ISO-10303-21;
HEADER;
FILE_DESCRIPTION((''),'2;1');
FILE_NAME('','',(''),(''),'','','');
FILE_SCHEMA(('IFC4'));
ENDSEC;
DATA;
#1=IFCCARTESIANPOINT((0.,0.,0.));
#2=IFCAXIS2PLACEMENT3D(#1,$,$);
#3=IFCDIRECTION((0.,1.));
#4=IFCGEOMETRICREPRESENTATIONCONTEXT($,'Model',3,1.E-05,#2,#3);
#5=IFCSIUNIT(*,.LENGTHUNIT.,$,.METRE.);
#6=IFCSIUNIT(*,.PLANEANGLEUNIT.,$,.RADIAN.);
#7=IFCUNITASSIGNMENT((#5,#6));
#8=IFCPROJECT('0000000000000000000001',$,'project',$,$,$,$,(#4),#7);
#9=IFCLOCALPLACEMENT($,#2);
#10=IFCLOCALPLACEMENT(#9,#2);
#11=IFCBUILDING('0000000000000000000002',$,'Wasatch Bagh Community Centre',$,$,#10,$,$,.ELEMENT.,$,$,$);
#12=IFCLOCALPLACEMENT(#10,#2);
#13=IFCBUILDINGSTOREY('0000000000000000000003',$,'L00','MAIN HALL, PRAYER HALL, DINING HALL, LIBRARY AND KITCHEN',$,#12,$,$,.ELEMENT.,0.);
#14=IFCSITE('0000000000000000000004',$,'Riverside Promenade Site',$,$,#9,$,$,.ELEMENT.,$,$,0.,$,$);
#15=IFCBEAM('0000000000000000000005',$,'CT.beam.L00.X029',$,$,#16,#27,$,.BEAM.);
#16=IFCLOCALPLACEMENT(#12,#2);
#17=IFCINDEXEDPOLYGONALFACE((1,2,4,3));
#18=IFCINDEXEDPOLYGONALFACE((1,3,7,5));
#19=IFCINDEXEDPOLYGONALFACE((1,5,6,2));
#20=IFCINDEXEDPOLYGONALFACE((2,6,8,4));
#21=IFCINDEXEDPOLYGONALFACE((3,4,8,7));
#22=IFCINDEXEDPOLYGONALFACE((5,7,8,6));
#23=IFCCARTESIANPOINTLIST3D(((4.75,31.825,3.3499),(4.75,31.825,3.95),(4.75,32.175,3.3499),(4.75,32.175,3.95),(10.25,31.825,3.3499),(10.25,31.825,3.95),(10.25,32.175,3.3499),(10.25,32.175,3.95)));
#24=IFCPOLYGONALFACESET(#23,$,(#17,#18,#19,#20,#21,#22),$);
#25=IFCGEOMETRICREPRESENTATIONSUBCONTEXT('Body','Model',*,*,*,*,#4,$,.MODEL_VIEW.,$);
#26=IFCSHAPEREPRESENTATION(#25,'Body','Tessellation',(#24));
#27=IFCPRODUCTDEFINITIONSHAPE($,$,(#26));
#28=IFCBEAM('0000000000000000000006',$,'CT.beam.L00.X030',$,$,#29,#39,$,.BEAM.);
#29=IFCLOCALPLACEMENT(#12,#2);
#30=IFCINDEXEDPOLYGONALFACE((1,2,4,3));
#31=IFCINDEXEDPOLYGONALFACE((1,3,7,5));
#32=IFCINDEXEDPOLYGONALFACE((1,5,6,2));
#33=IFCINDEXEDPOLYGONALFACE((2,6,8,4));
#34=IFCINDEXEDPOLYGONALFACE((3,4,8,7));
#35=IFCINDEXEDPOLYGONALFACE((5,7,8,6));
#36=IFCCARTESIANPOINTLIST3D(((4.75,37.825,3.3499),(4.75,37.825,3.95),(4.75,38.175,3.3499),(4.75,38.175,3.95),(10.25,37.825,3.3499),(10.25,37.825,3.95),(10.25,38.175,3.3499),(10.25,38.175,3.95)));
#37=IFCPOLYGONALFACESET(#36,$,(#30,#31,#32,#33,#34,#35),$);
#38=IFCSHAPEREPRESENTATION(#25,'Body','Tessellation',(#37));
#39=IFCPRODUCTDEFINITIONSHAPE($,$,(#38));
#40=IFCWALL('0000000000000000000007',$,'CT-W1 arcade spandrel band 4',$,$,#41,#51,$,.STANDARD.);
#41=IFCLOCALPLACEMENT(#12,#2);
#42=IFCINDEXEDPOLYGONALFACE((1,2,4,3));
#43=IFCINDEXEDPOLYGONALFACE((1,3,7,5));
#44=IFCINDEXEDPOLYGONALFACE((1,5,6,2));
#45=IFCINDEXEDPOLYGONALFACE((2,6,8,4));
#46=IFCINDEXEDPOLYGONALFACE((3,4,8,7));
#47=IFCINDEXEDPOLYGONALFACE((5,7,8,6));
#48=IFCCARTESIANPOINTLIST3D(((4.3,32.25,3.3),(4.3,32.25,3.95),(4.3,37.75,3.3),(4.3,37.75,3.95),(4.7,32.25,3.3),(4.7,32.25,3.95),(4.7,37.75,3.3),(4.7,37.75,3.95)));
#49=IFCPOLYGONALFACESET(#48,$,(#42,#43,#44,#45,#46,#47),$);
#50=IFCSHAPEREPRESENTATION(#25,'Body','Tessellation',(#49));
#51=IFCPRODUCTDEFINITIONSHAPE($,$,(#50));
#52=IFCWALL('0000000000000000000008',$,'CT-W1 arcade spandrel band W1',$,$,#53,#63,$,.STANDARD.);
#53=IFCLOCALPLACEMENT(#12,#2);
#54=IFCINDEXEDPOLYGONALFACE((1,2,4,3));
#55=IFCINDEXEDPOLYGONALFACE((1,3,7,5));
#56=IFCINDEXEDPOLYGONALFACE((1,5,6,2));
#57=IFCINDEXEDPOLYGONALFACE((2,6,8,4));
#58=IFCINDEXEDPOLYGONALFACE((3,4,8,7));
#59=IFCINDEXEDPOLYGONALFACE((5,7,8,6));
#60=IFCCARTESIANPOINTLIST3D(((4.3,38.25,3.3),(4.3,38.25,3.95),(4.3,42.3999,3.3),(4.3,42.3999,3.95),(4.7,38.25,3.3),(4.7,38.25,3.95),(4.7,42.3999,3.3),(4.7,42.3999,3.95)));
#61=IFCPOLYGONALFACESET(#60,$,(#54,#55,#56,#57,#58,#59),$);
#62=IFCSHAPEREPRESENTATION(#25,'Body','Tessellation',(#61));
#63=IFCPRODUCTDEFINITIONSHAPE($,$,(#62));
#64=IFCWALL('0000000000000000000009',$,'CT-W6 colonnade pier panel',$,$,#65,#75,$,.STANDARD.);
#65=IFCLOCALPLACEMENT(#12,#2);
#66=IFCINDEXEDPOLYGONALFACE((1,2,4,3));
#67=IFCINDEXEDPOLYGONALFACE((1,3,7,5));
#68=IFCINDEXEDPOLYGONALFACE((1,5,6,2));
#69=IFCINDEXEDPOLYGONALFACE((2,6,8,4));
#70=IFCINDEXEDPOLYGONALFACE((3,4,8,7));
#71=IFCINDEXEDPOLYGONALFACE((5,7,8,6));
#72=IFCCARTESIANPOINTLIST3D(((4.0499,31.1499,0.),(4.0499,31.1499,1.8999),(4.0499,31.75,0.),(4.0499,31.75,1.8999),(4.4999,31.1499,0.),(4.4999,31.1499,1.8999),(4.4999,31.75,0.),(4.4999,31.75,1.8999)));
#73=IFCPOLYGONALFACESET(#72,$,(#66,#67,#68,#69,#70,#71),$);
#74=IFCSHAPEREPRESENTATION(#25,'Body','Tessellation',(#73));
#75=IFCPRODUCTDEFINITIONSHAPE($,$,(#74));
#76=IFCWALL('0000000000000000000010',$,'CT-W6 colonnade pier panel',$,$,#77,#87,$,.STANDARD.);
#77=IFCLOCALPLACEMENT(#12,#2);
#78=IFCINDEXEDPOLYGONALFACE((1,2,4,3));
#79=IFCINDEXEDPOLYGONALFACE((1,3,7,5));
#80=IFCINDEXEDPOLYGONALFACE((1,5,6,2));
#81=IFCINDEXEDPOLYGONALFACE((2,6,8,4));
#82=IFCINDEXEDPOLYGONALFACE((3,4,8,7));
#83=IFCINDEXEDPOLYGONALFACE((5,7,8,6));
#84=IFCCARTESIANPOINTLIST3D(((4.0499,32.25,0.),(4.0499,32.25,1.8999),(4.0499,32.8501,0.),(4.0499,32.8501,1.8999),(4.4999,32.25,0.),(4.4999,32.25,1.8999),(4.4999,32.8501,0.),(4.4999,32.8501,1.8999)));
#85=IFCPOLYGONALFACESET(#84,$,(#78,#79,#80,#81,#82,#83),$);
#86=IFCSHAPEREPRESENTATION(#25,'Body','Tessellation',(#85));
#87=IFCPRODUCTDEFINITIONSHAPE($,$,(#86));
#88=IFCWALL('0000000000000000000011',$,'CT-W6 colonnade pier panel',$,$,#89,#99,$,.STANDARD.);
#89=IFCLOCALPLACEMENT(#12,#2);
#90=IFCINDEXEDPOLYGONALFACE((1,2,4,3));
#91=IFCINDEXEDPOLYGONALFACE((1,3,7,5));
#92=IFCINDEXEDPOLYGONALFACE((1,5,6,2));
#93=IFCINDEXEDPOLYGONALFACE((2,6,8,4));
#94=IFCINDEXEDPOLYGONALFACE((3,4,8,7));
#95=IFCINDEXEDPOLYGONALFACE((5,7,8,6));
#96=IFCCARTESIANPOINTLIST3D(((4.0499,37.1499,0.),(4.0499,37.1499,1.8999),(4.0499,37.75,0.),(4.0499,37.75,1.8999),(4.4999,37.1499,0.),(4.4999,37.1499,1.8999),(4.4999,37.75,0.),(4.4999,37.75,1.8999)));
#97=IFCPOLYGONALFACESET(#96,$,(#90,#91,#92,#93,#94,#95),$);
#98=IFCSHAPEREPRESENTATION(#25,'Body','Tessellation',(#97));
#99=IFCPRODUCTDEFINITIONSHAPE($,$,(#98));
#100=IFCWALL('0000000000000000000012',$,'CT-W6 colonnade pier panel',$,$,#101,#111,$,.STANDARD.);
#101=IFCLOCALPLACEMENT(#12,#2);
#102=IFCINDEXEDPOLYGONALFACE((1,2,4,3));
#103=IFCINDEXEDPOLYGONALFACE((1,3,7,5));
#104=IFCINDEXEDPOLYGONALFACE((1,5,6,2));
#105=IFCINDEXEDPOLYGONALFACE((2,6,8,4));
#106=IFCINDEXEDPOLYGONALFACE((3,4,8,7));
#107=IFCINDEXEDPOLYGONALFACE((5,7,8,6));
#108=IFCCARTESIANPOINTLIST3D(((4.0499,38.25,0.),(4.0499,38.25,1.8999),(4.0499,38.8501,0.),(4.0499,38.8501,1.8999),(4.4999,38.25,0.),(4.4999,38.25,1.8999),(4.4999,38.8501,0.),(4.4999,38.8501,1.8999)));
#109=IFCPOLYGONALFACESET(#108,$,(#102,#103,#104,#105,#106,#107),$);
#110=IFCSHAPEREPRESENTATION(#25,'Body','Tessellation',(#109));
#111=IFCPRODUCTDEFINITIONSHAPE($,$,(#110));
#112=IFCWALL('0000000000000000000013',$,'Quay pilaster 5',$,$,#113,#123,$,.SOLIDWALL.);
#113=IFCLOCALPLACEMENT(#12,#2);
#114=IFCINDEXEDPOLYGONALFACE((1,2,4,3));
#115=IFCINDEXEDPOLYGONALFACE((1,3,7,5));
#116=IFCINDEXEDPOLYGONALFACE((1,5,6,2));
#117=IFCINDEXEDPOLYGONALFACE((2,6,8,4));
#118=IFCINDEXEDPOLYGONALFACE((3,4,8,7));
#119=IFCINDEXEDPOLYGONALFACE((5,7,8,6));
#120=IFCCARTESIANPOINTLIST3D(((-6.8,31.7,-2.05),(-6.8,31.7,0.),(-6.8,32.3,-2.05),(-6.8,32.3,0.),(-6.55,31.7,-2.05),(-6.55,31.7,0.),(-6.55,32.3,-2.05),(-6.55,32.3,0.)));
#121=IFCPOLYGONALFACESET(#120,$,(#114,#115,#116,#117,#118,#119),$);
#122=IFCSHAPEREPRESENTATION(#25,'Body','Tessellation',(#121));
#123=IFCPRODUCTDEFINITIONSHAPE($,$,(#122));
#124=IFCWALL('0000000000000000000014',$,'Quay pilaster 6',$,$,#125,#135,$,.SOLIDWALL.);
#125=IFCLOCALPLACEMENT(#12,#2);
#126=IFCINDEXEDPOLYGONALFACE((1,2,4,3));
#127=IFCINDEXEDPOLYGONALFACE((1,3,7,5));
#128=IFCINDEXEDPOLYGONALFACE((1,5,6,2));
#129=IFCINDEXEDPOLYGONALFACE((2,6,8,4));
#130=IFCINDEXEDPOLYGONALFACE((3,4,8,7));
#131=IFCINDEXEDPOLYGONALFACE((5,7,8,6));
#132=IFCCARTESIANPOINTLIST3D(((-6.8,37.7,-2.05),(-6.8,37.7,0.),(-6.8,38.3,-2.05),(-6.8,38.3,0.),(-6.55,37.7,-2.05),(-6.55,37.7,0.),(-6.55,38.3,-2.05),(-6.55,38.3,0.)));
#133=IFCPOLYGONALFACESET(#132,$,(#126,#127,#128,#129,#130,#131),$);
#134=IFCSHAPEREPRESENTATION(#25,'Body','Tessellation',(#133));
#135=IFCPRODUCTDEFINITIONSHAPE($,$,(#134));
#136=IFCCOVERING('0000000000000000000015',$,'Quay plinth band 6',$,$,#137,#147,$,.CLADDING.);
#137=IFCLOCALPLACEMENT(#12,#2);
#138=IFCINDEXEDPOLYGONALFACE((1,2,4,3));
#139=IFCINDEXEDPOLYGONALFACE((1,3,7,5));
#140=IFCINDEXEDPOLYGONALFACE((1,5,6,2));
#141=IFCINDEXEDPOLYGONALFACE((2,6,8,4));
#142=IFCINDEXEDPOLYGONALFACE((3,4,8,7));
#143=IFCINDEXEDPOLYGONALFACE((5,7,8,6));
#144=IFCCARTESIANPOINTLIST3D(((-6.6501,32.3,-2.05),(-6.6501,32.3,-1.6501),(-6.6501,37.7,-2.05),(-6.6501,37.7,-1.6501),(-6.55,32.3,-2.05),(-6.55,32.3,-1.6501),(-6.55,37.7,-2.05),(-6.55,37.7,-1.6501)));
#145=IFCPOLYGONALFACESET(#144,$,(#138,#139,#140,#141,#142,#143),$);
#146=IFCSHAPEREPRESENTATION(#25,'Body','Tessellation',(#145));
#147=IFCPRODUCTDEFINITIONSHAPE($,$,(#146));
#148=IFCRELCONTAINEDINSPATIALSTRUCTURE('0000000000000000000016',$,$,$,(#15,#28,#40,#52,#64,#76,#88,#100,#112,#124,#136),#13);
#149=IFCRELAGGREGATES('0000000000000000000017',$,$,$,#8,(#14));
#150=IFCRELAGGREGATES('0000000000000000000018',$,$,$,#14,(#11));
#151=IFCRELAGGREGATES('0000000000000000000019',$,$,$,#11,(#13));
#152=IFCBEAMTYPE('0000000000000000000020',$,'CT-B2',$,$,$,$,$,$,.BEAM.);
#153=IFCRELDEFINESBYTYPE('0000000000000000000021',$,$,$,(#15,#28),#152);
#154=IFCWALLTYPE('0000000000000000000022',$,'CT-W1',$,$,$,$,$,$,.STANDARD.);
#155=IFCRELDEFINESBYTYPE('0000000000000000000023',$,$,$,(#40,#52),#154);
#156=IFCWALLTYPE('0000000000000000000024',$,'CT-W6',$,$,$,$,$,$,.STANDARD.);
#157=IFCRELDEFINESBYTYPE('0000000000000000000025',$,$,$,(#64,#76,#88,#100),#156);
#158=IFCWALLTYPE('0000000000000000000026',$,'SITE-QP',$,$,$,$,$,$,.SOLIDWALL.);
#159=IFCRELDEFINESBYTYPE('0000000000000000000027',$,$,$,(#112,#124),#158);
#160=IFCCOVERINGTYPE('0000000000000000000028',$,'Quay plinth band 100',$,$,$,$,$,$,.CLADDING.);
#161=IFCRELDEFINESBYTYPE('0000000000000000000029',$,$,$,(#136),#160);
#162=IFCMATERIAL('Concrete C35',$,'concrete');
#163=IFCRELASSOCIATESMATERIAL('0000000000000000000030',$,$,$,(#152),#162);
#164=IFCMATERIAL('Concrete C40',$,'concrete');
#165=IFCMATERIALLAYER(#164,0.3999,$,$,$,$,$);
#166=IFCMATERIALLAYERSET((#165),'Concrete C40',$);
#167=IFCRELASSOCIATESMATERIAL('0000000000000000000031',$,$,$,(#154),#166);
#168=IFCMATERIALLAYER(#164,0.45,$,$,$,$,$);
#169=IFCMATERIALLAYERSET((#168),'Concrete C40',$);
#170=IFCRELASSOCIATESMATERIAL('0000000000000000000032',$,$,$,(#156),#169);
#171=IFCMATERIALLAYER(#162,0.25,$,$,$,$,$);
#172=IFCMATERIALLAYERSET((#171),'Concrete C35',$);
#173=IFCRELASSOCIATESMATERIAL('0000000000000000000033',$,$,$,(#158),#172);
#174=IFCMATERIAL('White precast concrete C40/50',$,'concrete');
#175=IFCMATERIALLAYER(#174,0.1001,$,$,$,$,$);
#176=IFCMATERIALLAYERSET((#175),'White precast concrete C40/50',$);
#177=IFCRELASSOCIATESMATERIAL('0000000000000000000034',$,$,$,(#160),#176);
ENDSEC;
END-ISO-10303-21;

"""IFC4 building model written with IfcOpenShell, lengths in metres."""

from ifc_helpers import new_model, si_unit, direction, frame, frame_2d, origin, origin_2d, place, context, subcontext, project, spatial, rectangle, extrude, material, layer, layer_set, material_profile, profile_set, type_object, element, save


model = new_model("IFC4")

# Units and contexts
model_context = context("Model", 3, precision=1e-05, world=origin(), true_north=direction((0.0, 1.0)))
body_context = subcontext(model_context, "Body", "Model", "MODEL_VIEW")
ifc_project = project(units=[si_unit("LENGTHUNIT", "METRE"), si_unit("PLANEANGLEUNIT", "RADIAN")], contexts=[model_context])

# Site, building, storey
site_placement = place(None, origin())
site = spatial("IfcSite", under=ifc_project, at=site_placement, Name="Riverside Promenade Site", CompositionType="ELEMENT", RefElevation=0.0)
building_placement = place(site_placement, origin())
building = spatial("IfcBuilding", under=site, at=building_placement, Name="Wasatch Bagh Community Centre", CompositionType="ELEMENT")
storey_placement = place(building_placement, origin())
storey = spatial("IfcBuildingStorey", under=building, at=storey_placement, Name="L00", Description="MAIN HALL, PRAYER HALL, DINING HALL, LIBRARY AND KITCHEN", CompositionType="ELEMENT", Elevation=0.0)

# Shared definitions
ifc_material_1 = material(Name="Concrete C35", Category="concrete")

# Shared definitions
ifc_material_2 = material(Name="Concrete C40", Category="concrete")

# Beams
ifc_material_profile_1 = material_profile(ifc_material_1, rectangle(XDim=0.3501, YDim=0.6001, at=origin_2d()), Name="RC 350x600")
ifc_profile_set_1 = profile_set([ifc_material_profile_1], Name="Concrete C35")
beam_type_1 = type_object("IfcBeamType", Name="CT-B2", PredefinedType="BEAM", material=ifc_profile_set_1)
for number, where, z_axis, x_axis, name in (
    (1, (4.75, 32.0, 3.6499), (1.0, 0.0, 0.0), (0.0, 1.0, 0.0), "CT.beam.L00.X029"),
    (2, (4.75, 38.0, 3.6499), (1.0, 0.0, 0.0), (0.0, 1.0, 0.0), "CT.beam.L00.X030"),
):
    element("IfcBeam", number, at=place(storey_placement, frame(where, z_axis=z_axis, x_axis=x_axis)), inside=storey, type_object=beam_type_1, Name=name, PredefinedType="BEAM", context=body_context, shape_type="SweptSolid", body=[
        extrude(rectangle(XDim=0.3501, YDim=0.6001, at=origin_2d()), origin(), (0.0, 0.0, 1.0), 5.5),
    ])

# Walls
ifc_layer_1 = layer(ifc_material_2, 0.3999)
ifc_layer_set_1 = layer_set([ifc_layer_1], Name="Concrete C40")
wall_type_1 = type_object("IfcWallType", Name="CT-W1", PredefinedType="STANDARD", material=ifc_layer_set_1)
wall_1_placement = place(storey_placement, frame((4.5, 32.25, 3.3), z_axis=(0.0, 0.0, 1.0), x_axis=(0.0, 1.0, 0.0)))
element("IfcWall", 3, at=wall_1_placement, inside=storey, type_object=wall_type_1, Name="CT-W1 arcade spandrel band 4", PredefinedType="STANDARD", context=body_context, shape_type="SweptSolid", body=[
    extrude(rectangle(XDim=5.5, YDim=0.3999, at=frame_2d((2.75, 0.0))), origin(), (0.0, 0.0, 1.0), 0.6499),
])
wall_2_placement = place(storey_placement, frame((4.5, 38.25, 3.3), z_axis=(0.0, 0.0, 1.0), x_axis=(0.0, 1.0, 0.0)))
element("IfcWall", 4, at=wall_2_placement, inside=storey, type_object=wall_type_1, Name="CT-W1 arcade spandrel band W1", PredefinedType="STANDARD", context=body_context, shape_type="SweptSolid", body=[
    extrude(rectangle(XDim=4.1499, YDim=0.3999, at=frame_2d((2.075, 0.0))), origin(), (0.0, 0.0, 1.0), 0.6499),
])
ifc_layer_2 = layer(ifc_material_2, 0.45)
ifc_layer_set_2 = layer_set([ifc_layer_2], Name="Concrete C40")
wall_type_2 = type_object("IfcWallType", Name="CT-W6", PredefinedType="STANDARD", material=ifc_layer_set_2)
for number, where, z_axis, x_axis, name in (
    (5, (4.2749, 31.75, 0.0), (0.0, 0.0, 1.0), (0.0, -1.0, 0.0), "CT-W6 colonnade pier panel"),
    (6, (4.2749, 32.25, 0.0), (0.0, 0.0, 1.0), (0.0, 1.0, 0.0), "CT-W6 colonnade pier panel"),
    (7, (4.2749, 37.75, 0.0), (0.0, 0.0, 1.0), (0.0, -1.0, 0.0), "CT-W6 colonnade pier panel"),
    (8, (4.2749, 38.25, 0.0), (0.0, 0.0, 1.0), (0.0, 1.0, 0.0), "CT-W6 colonnade pier panel"),
):
    element("IfcWall", number, at=place(storey_placement, frame(where, z_axis=z_axis, x_axis=x_axis)), inside=storey, type_object=wall_type_2, Name=name, PredefinedType="STANDARD", context=body_context, shape_type="SweptSolid", body=[
        extrude(rectangle(XDim=0.6001, YDim=0.45, at=frame_2d((0.3, 0.0))), origin(), (0.0, 0.0, 1.0), 1.8999),
    ])
ifc_layer_3 = layer(ifc_material_1, 0.25)
ifc_layer_set_3 = layer_set([ifc_layer_3], Name="Concrete C35")
wall_type_3 = type_object("IfcWallType", Name="SITE-QP", PredefinedType="SOLIDWALL", material=ifc_layer_set_3)
for number, where, z_axis, x_axis, name in (
    (9, (-6.675, 31.7, -2.05), (0.0, 0.0, 1.0), (0.0, 1.0, 0.0), "Quay pilaster 5"),
    (10, (-6.675, 37.7, -2.05), (0.0, 0.0, 1.0), (0.0, 1.0, 0.0), "Quay pilaster 6"),
):
    element("IfcWall", number, at=place(storey_placement, frame(where, z_axis=z_axis, x_axis=x_axis)), inside=storey, type_object=wall_type_3, Name=name, PredefinedType="SOLIDWALL", context=body_context, shape_type="SweptSolid", body=[
        extrude(rectangle(XDim=0.6001, YDim=0.25, at=frame_2d((0.3, 0.0))), origin(), (0.0, 0.0, 1.0), 2.05),
    ])

# Covering
ifc_material_3 = material(Name="White precast concrete C40/50", Category="concrete")
ifc_layer_4 = layer(ifc_material_3, 0.1001)
ifc_layer_set_4 = layer_set([ifc_layer_4], Name="White precast concrete C40/50")
covering_type = type_object("IfcCoveringType", Name="Quay plinth band 100", PredefinedType="CLADDING", material=ifc_layer_set_4)
covering_placement = place(storey_placement, frame((-6.6001, 35.0, -2.05), z_axis=(0.0, 0.0, 1.0), x_axis=(1.0, 0.0, 0.0)))
element("IfcCovering", 11, at=covering_placement, inside=storey, type_object=covering_type, Name="Quay plinth band 6", PredefinedType="CLADDING", context=body_context, shape_type="SweptSolid", body=[
    extrude(rectangle(XDim=0.1001, YDim=5.3999, at=origin_2d()), origin(), (0.0, 0.0, 1.0), 0.3999),
])

save(model, "model.ifc")
